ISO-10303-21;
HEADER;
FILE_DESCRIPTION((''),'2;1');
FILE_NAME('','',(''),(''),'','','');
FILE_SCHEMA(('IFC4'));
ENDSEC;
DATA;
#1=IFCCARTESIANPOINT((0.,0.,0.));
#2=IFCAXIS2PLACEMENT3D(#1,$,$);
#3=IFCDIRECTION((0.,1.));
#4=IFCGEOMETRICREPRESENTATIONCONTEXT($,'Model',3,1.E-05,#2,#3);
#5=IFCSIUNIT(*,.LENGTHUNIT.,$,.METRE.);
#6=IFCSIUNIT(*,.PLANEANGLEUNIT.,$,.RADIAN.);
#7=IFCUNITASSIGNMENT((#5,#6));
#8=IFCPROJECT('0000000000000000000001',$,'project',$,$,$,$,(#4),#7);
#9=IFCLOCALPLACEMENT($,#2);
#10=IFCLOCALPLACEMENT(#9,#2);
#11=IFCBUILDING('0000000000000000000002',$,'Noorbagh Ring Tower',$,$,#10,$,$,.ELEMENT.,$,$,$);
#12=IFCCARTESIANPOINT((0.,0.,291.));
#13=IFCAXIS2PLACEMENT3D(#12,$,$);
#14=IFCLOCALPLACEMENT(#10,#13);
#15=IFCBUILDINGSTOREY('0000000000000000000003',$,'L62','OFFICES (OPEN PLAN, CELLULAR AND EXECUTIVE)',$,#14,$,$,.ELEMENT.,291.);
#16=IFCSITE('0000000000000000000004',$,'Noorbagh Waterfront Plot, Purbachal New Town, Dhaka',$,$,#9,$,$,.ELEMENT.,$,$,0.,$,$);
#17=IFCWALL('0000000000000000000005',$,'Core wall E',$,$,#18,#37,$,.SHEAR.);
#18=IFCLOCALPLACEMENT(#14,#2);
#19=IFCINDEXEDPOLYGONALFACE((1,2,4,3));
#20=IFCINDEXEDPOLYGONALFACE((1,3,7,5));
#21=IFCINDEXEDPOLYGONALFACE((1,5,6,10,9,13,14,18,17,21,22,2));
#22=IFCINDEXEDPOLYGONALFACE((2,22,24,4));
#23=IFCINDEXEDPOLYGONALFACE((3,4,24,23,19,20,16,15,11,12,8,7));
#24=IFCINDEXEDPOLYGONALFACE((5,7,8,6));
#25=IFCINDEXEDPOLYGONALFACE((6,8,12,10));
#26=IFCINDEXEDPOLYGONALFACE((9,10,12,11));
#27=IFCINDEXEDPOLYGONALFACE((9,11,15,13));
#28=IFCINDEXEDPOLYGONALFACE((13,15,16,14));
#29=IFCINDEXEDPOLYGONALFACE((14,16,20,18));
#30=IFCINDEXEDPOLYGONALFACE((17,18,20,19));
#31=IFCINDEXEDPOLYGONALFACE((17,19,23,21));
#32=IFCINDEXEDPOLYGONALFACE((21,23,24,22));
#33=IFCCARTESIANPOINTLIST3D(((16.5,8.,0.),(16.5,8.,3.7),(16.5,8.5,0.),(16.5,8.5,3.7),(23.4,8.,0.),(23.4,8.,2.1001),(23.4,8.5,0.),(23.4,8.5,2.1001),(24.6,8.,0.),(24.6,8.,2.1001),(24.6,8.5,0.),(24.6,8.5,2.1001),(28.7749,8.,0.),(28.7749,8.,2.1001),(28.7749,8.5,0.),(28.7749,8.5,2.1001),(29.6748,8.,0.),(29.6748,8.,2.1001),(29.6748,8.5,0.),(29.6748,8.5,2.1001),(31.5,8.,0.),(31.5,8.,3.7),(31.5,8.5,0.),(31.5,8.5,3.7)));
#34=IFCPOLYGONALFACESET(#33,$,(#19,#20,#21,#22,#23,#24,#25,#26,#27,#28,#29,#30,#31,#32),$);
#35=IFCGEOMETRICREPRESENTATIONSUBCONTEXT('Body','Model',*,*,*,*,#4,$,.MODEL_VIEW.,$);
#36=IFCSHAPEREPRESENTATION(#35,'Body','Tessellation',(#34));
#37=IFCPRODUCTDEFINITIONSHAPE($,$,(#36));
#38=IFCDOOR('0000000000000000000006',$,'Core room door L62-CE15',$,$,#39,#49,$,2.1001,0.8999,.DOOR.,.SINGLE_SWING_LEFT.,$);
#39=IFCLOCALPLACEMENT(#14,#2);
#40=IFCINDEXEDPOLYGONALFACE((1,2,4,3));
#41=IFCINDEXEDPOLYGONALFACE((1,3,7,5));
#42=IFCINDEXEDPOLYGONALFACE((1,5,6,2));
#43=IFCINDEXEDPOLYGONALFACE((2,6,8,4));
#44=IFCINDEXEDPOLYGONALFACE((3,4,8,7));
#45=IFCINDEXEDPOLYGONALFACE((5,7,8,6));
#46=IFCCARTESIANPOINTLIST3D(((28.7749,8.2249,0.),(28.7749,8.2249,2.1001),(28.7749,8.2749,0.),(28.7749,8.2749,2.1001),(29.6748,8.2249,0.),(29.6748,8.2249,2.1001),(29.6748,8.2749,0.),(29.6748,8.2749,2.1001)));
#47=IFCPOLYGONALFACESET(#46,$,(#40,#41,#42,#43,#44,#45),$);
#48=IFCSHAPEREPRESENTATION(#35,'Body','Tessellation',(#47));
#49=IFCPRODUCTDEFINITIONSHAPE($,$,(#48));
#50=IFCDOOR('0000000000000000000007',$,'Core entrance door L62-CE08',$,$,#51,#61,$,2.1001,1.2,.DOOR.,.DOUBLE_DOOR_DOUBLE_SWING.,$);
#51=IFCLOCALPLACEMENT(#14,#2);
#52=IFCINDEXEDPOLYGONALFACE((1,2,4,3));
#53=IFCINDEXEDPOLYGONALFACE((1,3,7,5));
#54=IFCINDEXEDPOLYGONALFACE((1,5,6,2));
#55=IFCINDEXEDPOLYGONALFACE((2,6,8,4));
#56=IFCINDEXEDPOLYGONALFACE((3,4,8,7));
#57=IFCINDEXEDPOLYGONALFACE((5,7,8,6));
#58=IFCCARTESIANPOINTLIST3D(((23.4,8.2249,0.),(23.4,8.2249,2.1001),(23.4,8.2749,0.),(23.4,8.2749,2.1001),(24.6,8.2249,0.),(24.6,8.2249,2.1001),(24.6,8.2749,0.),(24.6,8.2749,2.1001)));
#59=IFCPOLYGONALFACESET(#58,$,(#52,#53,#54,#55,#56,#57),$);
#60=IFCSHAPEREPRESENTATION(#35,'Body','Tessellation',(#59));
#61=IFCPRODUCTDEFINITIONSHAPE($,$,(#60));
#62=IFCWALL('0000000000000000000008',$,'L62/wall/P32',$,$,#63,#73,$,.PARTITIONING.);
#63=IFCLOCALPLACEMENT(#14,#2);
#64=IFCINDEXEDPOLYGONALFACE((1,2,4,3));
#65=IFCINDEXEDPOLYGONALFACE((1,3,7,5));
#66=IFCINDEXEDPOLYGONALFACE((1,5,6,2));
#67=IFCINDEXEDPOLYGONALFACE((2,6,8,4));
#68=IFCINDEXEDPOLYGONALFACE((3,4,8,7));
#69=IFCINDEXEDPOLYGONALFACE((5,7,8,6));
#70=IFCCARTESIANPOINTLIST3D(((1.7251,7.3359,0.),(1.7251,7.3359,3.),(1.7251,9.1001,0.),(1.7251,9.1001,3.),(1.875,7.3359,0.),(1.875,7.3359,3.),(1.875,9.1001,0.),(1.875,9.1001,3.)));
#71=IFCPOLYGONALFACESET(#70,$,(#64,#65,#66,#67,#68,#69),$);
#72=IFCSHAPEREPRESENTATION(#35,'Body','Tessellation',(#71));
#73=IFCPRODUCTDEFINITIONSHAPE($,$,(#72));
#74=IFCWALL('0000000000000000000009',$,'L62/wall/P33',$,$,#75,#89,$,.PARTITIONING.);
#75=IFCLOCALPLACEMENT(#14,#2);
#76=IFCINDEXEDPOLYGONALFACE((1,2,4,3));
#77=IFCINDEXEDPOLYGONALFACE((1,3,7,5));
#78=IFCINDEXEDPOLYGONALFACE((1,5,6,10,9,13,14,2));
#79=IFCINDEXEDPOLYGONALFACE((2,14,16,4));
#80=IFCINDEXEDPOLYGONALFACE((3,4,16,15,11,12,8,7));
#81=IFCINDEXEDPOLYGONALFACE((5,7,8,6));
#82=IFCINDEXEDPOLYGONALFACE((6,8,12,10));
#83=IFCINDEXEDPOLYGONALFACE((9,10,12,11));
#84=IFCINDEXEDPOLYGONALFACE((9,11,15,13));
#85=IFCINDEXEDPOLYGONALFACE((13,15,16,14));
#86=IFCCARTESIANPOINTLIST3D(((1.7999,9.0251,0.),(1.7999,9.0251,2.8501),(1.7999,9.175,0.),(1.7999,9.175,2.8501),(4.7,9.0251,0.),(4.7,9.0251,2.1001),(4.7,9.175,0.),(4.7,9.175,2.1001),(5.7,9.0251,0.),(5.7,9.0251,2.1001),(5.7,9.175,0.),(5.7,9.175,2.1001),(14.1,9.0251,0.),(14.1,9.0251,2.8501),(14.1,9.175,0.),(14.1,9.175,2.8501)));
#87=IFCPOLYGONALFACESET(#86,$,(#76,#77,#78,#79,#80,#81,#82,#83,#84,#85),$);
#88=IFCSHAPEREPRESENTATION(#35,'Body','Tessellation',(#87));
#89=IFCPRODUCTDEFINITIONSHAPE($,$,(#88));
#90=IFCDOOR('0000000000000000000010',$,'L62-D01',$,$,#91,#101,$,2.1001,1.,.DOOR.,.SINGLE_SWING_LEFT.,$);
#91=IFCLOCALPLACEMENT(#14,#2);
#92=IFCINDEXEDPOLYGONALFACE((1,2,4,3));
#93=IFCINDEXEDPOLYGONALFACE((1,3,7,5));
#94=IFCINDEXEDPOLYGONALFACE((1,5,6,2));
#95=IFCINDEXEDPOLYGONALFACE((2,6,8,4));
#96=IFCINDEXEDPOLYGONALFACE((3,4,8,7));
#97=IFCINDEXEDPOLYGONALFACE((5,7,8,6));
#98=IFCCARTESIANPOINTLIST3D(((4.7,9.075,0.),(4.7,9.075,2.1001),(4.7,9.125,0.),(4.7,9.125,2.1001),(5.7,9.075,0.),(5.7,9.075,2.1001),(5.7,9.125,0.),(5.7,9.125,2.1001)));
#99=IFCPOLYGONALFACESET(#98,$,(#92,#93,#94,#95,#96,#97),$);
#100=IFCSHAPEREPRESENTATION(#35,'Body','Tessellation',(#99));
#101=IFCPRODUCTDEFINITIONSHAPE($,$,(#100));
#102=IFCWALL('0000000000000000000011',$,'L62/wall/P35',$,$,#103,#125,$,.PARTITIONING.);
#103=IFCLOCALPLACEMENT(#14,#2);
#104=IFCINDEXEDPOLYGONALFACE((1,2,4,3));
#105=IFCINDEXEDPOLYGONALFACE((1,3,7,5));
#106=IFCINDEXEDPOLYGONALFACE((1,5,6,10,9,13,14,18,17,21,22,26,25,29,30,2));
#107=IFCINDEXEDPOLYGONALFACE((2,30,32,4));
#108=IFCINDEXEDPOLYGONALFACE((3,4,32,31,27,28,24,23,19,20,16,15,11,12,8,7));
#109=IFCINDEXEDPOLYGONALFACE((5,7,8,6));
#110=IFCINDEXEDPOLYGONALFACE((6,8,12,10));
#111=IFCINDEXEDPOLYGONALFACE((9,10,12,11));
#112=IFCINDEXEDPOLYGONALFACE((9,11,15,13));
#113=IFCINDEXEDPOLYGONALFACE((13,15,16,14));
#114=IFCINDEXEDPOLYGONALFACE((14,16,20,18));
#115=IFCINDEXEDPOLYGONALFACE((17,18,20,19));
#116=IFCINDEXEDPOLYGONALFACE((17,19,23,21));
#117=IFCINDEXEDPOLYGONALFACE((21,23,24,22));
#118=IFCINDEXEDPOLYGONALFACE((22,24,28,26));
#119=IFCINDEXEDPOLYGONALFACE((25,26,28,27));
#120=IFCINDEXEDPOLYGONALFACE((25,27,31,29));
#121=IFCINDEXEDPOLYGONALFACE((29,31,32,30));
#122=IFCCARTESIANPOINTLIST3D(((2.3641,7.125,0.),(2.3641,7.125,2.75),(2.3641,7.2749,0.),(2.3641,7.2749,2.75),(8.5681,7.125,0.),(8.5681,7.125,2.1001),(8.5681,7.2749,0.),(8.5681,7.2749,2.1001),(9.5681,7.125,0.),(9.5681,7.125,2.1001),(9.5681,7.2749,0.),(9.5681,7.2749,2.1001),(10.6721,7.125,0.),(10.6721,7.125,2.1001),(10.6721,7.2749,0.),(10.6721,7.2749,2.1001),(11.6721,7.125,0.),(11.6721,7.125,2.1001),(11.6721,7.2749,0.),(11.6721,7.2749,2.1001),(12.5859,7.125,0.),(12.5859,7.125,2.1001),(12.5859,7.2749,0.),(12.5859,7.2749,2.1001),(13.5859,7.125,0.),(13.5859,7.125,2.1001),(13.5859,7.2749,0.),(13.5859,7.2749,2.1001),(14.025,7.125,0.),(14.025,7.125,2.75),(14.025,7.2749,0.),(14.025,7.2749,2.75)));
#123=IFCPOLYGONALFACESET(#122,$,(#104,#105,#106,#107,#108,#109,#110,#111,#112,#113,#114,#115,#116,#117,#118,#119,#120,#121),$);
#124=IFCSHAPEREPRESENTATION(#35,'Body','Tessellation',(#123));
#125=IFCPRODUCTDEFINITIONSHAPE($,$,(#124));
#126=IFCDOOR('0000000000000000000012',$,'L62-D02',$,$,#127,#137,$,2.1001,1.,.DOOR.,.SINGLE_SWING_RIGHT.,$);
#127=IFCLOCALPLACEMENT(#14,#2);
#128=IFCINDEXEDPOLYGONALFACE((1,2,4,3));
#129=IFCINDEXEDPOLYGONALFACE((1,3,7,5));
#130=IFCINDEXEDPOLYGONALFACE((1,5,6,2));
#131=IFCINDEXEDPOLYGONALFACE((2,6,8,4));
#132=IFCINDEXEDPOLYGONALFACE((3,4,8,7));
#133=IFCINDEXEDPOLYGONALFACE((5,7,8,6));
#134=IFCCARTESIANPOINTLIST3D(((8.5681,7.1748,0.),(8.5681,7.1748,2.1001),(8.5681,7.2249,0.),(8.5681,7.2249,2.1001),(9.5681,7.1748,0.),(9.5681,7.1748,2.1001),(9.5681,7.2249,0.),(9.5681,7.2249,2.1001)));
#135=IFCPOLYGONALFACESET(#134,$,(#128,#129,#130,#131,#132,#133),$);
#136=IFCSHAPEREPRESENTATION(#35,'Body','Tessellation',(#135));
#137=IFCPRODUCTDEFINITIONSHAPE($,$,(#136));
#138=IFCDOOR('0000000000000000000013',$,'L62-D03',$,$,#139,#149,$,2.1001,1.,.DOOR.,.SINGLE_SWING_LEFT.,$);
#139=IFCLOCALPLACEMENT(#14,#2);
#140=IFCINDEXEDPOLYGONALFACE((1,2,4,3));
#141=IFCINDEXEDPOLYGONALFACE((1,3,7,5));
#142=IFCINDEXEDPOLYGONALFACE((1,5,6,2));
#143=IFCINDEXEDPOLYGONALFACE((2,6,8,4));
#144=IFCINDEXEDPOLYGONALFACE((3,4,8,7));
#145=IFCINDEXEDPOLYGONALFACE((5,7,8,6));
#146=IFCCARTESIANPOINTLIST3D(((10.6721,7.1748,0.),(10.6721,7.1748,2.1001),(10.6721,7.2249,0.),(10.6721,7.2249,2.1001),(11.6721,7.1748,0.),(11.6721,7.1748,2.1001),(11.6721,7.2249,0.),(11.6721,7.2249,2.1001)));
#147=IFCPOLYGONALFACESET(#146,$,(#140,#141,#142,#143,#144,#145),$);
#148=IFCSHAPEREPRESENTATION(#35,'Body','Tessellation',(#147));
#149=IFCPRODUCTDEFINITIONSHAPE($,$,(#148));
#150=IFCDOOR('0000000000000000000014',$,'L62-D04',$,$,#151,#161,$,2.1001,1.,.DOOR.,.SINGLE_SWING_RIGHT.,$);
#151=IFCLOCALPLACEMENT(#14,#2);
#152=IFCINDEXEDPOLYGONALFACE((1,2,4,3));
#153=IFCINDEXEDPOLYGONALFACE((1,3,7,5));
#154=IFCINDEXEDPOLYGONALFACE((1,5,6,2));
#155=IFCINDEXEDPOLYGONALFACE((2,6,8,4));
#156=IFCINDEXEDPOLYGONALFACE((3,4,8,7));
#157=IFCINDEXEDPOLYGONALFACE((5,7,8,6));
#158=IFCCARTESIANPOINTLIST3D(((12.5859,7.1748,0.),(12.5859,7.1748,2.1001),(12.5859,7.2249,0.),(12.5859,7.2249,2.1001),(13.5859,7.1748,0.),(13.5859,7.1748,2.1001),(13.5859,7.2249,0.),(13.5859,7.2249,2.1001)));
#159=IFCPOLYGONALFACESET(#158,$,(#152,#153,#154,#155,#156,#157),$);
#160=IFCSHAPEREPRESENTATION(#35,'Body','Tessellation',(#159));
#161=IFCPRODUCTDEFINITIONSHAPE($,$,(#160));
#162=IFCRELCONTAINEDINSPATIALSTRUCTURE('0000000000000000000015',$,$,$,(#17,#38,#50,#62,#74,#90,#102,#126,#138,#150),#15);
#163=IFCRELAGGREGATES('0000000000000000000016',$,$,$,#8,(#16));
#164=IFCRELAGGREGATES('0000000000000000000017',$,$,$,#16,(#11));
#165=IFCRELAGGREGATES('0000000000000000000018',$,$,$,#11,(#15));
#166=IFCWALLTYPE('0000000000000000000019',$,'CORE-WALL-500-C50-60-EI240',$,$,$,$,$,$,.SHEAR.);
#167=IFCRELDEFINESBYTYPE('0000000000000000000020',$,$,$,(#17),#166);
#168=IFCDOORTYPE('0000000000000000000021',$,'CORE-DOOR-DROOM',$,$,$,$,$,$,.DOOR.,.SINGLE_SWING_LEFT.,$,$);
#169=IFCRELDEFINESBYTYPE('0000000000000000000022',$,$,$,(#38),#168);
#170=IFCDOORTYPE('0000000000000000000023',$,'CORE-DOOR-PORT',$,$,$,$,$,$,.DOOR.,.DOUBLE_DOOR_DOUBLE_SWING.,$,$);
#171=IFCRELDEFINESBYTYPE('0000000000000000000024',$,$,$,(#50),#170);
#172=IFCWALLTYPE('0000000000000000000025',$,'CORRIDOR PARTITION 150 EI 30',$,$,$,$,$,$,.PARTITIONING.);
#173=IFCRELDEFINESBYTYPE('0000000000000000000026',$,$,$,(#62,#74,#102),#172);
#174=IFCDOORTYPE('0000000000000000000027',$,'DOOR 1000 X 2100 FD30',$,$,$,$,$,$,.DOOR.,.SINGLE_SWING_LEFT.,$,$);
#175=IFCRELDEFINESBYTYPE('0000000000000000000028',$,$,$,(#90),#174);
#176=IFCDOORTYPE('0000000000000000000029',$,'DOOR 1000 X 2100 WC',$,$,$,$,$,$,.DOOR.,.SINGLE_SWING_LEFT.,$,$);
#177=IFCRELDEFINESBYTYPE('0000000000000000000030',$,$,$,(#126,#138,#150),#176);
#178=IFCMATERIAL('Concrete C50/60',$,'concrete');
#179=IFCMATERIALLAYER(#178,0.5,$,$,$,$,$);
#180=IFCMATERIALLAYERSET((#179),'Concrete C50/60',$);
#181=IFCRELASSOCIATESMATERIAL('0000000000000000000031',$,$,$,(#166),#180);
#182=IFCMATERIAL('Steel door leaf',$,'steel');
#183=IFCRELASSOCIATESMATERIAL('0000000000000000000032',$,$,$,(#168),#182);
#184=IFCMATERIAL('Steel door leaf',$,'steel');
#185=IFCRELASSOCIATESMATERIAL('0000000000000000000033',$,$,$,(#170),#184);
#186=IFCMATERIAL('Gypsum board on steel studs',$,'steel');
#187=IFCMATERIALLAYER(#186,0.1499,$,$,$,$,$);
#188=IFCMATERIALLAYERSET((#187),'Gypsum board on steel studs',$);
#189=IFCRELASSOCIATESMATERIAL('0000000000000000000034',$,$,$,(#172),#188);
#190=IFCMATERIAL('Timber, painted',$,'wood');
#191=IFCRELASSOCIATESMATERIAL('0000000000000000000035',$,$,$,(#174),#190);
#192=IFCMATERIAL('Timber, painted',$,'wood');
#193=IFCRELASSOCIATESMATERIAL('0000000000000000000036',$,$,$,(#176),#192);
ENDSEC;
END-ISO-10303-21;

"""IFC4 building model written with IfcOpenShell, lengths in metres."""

from ifc_helpers import new_model, si_unit, direction, frame, frame_2d, origin, place, context, subcontext, project, spatial, rectangle, extrude, material, layer, layer_set, type_object, element, fill, save


model = new_model("IFC4")

# Units and contexts
model_context = context("Model", 3, precision=1e-05, world=origin(), true_north=direction((0.0, 1.0)))
body_context = subcontext(model_context, "Body", "Model", "MODEL_VIEW")
ifc_project = project(units=[si_unit("LENGTHUNIT", "METRE"), si_unit("PLANEANGLEUNIT", "RADIAN")], contexts=[model_context])

# Site, building, storey
site_placement = place(None, origin())
site = spatial("IfcSite", under=ifc_project, at=site_placement, Name="Noorbagh Waterfront Plot, Purbachal New Town, Dhaka", CompositionType="ELEMENT", RefElevation=0.0)
building_placement = place(site_placement, origin())
building = spatial("IfcBuilding", under=site, at=building_placement, Name="Noorbagh Ring Tower", CompositionType="ELEMENT")
storey_placement = place(building_placement, frame((0.0, 0.0, 291.0)))
storey = spatial("IfcBuildingStorey", under=building, at=storey_placement, Name="L62", Description="OFFICES (OPEN PLAN, CELLULAR AND EXECUTIVE)", CompositionType="ELEMENT", Elevation=291.0)

# Wall, openings, doors
ifc_material_1 = material(Name="Concrete C50/60", Category="concrete")
ifc_layer_1 = layer(ifc_material_1, 0.5)
ifc_layer_set_1 = layer_set([ifc_layer_1], Name="Concrete C50/60")
wall_type_1 = type_object("IfcWallType", Name="CORE-WALL-500-C50-60-EI240", PredefinedType="SHEAR", material=ifc_layer_set_1)
wall_1_placement = place(storey_placement, frame((16.5, 8.25, 0.0), z_axis=(0.0, 0.0, 1.0), x_axis=(1.0, 0.0, 0.0)))
wall_1 = element("IfcWall", 1, at=wall_1_placement, inside=storey, type_object=wall_type_1, Name="Core wall E", PredefinedType="SHEAR", context=body_context, shape_type="SweptSolid", body=[
    extrude(rectangle(XDim=15.0, YDim=0.5, at=frame_2d((7.5, 0.0))), origin(), (0.0, 0.0, 1.0), 3.7),
])
opening_1_placement = place(wall_1_placement, frame((6.8999, 0.0, 0.0)))
opening_1 = element("IfcOpeningElement", 2, at=opening_1_placement, cuts=wall_1, PredefinedType="OPENING", context=body_context, shape_type="SweptSolid", body=[
    extrude(rectangle(XDim=1.2, YDim=2.1001, at=frame_2d((0.6001, 1.05))), frame((0.0, 0.26, 0.0), z_axis=(0.0, -1.0, 0.0), x_axis=(1.0, 0.0, 0.0)), (0.0, 0.0, 1.0), 0.52),
])
opening_2_placement = place(wall_1_placement, frame((12.2749, 0.0, 0.0)))
opening_2 = element("IfcOpeningElement", 3, at=opening_2_placement, cuts=wall_1, PredefinedType="OPENING", context=body_context, shape_type="SweptSolid", body=[
    extrude(rectangle(XDim=0.8999, YDim=2.1001, at=frame_2d((0.45, 1.05))), frame((0.0, 0.26, 0.0), z_axis=(0.0, -1.0, 0.0), x_axis=(1.0, 0.0, 0.0)), (0.0, 0.0, 1.0), 0.52),
])
ifc_material_2 = material(Name="Steel door leaf", Category="steel")
door_type_1 = type_object("IfcDoorType", Name="CORE-DOOR-DROOM", OperationType="SINGLE_SWING_LEFT", PredefinedType="DOOR", material=ifc_material_2)
door_1_placement = place(opening_2_placement, origin())
door_1 = element("IfcDoor", 4, at=door_1_placement, inside=storey, type_object=door_type_1, Name="Core room door L62-CE15", OperationType="SINGLE_SWING_LEFT", OverallHeight=2.1001, OverallWidth=0.8999, PredefinedType="DOOR", context=body_context, shape_type="SweptSolid", body=[
    extrude(rectangle(XDim=0.8999, YDim=2.1001, at=frame_2d((0.45, 1.05))), frame((0.0, 0.0249, 0.0), z_axis=(0.0, -1.0, 0.0), x_axis=(1.0, 0.0, 0.0)), (0.0, 0.0, 1.0), 0.05),
])
fill(opening_2, door_1)
ifc_material_3 = material(Name="Steel door leaf", Category="steel")
door_type_2 = type_object("IfcDoorType", Name="CORE-DOOR-PORT", OperationType="DOUBLE_DOOR_DOUBLE_SWING", PredefinedType="DOOR", material=ifc_material_3)
door_2_placement = place(opening_1_placement, origin())
door_2 = element("IfcDoor", 5, at=door_2_placement, inside=storey, type_object=door_type_2, Name="Core entrance door L62-CE08", OperationType="DOUBLE_DOOR_DOUBLE_SWING", OverallHeight=2.1001, OverallWidth=1.2, PredefinedType="DOOR", context=body_context, shape_type="SweptSolid", body=[
    extrude(rectangle(XDim=1.2, YDim=2.1001, at=frame_2d((0.6001, 1.05))), frame((0.0, 0.0249, 0.0), z_axis=(0.0, -1.0, 0.0), x_axis=(1.0, 0.0, 0.0)), (0.0, 0.0, 1.0), 0.05),
])
fill(opening_1, door_2)

# Wall
ifc_material_4 = material(Name="Gypsum board on steel studs", Category="steel")
ifc_layer_2 = layer(ifc_material_4, 0.1499)
ifc_layer_set_2 = layer_set([ifc_layer_2], Name="Gypsum board on steel studs")
wall_type_2 = type_object("IfcWallType", Name="CORRIDOR PARTITION 150 EI 30", PredefinedType="PARTITIONING", material=ifc_layer_set_2)
wall_2_placement = place(storey_placement, frame((1.8, 7.3359, 0.0), z_axis=(0.0, 0.0, 1.0), x_axis=(0.0, 1.0, 0.0)))
element("IfcWall", 6, at=wall_2_placement, inside=storey, type_object=wall_type_2, Name="L62/wall/P32", PredefinedType="PARTITIONING", context=body_context, shape_type="SweptSolid", body=[
    extrude(rectangle(XDim=1.7642, YDim=0.1499, at=frame_2d((0.8821, 0.0))), origin(), (0.0, 0.0, 1.0), 3.0),
])

# Wall, opening, door
wall_3_placement = place(storey_placement, frame((1.8, 9.1001, 0.0), z_axis=(0.0, 0.0, 1.0), x_axis=(1.0, 0.0, 0.0)))
wall_3 = element("IfcWall", 7, at=wall_3_placement, inside=storey, type_object=wall_type_2, Name="L62/wall/P33", PredefinedType="PARTITIONING", context=body_context, shape_type="SweptSolid", body=[
    extrude(rectangle(XDim=12.3, YDim=0.1499, at=frame_2d((6.1499, 0.0))), origin(), (0.0, 0.0, 1.0), 2.8501),
])
opening_3_placement = place(wall_3_placement, frame((2.8999, 0.0, 0.0)))
opening_3 = element("IfcOpeningElement", 8, at=opening_3_placement, cuts=wall_3, PredefinedType="OPENING", context=body_context, shape_type="SweptSolid", body=[
    extrude(rectangle(XDim=1.0, YDim=2.1001, at=frame_2d((0.5, 1.05))), frame((0.0, 0.085, 0.0), z_axis=(0.0, -1.0, 0.0), x_axis=(1.0, 0.0, 0.0)), (0.0, 0.0, 1.0), 0.1699),
])
ifc_material_5 = material(Name="Timber, painted", Category="wood")
door_type_3 = type_object("IfcDoorType", Name="DOOR 1000 X 2100 FD30", OperationType="SINGLE_SWING_LEFT", PredefinedType="DOOR", material=ifc_material_5)
door_3_placement = place(opening_3_placement, origin())
door_3 = element("IfcDoor", 9, at=door_3_placement, inside=storey, type_object=door_type_3, Name="L62-D01", OperationType="SINGLE_SWING_LEFT", OverallHeight=2.1001, OverallWidth=1.0, PredefinedType="DOOR", context=body_context, shape_type="SweptSolid", body=[
    extrude(rectangle(XDim=1.0, YDim=2.1001, at=frame_2d((0.5, 1.05))), frame((0.0, 0.0249, 0.0), z_axis=(0.0, -1.0, 0.0), x_axis=(1.0, 0.0, 0.0)), (0.0, 0.0, 1.0), 0.05),
])
fill(opening_3, door_3)

# Wall, openings, doors
wall_4_placement = place(storey_placement, frame((2.364, 7.2, 0.0), z_axis=(0.0, 0.0, 1.0), x_axis=(1.0, 0.0, 0.0)))
wall_4 = element("IfcWall", 10, at=wall_4_placement, inside=storey, type_object=wall_type_2, Name="L62/wall/P35", PredefinedType="PARTITIONING", context=body_context, shape_type="SweptSolid", body=[
    extrude(rectangle(XDim=11.6609, YDim=0.1499, at=frame_2d((5.8306, 0.0))), origin(), (0.0, 0.0, 1.0), 2.75),
])
opening_4_placement = place(wall_4_placement, frame((6.2041, 0.0, 0.0)))
opening_4 = element("IfcOpeningElement", 11, at=opening_4_placement, cuts=wall_4, PredefinedType="OPENING", context=body_context, shape_type="SweptSolid", body=[
    extrude(rectangle(XDim=1.0, YDim=2.1001, at=frame_2d((0.5, 1.05))), frame((0.0, 0.085, 0.0), z_axis=(0.0, -1.0, 0.0), x_axis=(1.0, 0.0, 0.0)), (0.0, 0.0, 1.0), 0.1699),
])
opening_5_placement = place(wall_4_placement, frame((8.3081, 0.0, 0.0)))
opening_5 = element("IfcOpeningElement", 12, at=opening_5_placement, cuts=wall_4, PredefinedType="OPENING", context=body_context, shape_type="SweptSolid", body=[
    extrude(rectangle(XDim=1.0, YDim=2.1001, at=frame_2d((0.5, 1.05))), frame((0.0, 0.085, 0.0), z_axis=(0.0, -1.0, 0.0), x_axis=(1.0, 0.0, 0.0)), (0.0, 0.0, 1.0), 0.1699),
])
opening_6_placement = place(wall_4_placement, frame((10.2219, 0.0, 0.0)))
opening_6 = element("IfcOpeningElement", 13, at=opening_6_placement, cuts=wall_4, PredefinedType="OPENING", context=body_context, shape_type="SweptSolid", body=[
    extrude(rectangle(XDim=1.0, YDim=2.1001, at=frame_2d((0.5, 1.05))), frame((0.0, 0.085, 0.0), z_axis=(0.0, -1.0, 0.0), x_axis=(1.0, 0.0, 0.0)), (0.0, 0.0, 1.0), 0.1699),
])
ifc_material_6 = material(Name="Timber, painted", Category="wood")
door_type_4 = type_object("IfcDoorType", Name="DOOR 1000 X 2100 WC", OperationType="SINGLE_SWING_LEFT", PredefinedType="DOOR", material=ifc_material_6)
door_4_placement = place(opening_4_placement, origin())
door_4 = element("IfcDoor", 14, at=door_4_placement, inside=storey, type_object=door_type_4, Name="L62-D02", OperationType="SINGLE_SWING_RIGHT", OverallHeight=2.1001, OverallWidth=1.0, PredefinedType="DOOR", context=body_context, shape_type="SweptSolid", body=[
    extrude(rectangle(XDim=1.0, YDim=2.1001, at=frame_2d((0.5, 1.05))), frame((0.0, 0.0249, 0.0), z_axis=(0.0, -1.0, 0.0), x_axis=(1.0, 0.0, 0.0)), (0.0, 0.0, 1.0), 0.05),
])
fill(opening_4, door_4)
door_5_placement = place(opening_5_placement, origin())
door_5 = element("IfcDoor", 15, at=door_5_placement, inside=storey, type_object=door_type_4, Name="L62-D03", OperationType="SINGLE_SWING_LEFT", OverallHeight=2.1001, OverallWidth=1.0, PredefinedType="DOOR", context=body_context, shape_type="SweptSolid", body=[
    extrude(rectangle(XDim=1.0, YDim=2.1001, at=frame_2d((0.5, 1.05))), frame((0.0, 0.0249, 0.0), z_axis=(0.0, -1.0, 0.0), x_axis=(1.0, 0.0, 0.0)), (0.0, 0.0, 1.0), 0.05),
])
fill(opening_5, door_5)
door_6_placement = place(opening_6_placement, origin())
door_6 = element("IfcDoor", 16, at=door_6_placement, inside=storey, type_object=door_type_4, Name="L62-D04", OperationType="SINGLE_SWING_RIGHT", OverallHeight=2.1001, OverallWidth=1.0, PredefinedType="DOOR", context=body_context, shape_type="SweptSolid", body=[
    extrude(rectangle(XDim=1.0, YDim=2.1001, at=frame_2d((0.5, 1.05))), frame((0.0, 0.0249, 0.0), z_axis=(0.0, -1.0, 0.0), x_axis=(1.0, 0.0, 0.0)), (0.0, 0.0, 1.0), 0.05),
])
fill(opening_6, door_6)

save(model, "model.ifc")
